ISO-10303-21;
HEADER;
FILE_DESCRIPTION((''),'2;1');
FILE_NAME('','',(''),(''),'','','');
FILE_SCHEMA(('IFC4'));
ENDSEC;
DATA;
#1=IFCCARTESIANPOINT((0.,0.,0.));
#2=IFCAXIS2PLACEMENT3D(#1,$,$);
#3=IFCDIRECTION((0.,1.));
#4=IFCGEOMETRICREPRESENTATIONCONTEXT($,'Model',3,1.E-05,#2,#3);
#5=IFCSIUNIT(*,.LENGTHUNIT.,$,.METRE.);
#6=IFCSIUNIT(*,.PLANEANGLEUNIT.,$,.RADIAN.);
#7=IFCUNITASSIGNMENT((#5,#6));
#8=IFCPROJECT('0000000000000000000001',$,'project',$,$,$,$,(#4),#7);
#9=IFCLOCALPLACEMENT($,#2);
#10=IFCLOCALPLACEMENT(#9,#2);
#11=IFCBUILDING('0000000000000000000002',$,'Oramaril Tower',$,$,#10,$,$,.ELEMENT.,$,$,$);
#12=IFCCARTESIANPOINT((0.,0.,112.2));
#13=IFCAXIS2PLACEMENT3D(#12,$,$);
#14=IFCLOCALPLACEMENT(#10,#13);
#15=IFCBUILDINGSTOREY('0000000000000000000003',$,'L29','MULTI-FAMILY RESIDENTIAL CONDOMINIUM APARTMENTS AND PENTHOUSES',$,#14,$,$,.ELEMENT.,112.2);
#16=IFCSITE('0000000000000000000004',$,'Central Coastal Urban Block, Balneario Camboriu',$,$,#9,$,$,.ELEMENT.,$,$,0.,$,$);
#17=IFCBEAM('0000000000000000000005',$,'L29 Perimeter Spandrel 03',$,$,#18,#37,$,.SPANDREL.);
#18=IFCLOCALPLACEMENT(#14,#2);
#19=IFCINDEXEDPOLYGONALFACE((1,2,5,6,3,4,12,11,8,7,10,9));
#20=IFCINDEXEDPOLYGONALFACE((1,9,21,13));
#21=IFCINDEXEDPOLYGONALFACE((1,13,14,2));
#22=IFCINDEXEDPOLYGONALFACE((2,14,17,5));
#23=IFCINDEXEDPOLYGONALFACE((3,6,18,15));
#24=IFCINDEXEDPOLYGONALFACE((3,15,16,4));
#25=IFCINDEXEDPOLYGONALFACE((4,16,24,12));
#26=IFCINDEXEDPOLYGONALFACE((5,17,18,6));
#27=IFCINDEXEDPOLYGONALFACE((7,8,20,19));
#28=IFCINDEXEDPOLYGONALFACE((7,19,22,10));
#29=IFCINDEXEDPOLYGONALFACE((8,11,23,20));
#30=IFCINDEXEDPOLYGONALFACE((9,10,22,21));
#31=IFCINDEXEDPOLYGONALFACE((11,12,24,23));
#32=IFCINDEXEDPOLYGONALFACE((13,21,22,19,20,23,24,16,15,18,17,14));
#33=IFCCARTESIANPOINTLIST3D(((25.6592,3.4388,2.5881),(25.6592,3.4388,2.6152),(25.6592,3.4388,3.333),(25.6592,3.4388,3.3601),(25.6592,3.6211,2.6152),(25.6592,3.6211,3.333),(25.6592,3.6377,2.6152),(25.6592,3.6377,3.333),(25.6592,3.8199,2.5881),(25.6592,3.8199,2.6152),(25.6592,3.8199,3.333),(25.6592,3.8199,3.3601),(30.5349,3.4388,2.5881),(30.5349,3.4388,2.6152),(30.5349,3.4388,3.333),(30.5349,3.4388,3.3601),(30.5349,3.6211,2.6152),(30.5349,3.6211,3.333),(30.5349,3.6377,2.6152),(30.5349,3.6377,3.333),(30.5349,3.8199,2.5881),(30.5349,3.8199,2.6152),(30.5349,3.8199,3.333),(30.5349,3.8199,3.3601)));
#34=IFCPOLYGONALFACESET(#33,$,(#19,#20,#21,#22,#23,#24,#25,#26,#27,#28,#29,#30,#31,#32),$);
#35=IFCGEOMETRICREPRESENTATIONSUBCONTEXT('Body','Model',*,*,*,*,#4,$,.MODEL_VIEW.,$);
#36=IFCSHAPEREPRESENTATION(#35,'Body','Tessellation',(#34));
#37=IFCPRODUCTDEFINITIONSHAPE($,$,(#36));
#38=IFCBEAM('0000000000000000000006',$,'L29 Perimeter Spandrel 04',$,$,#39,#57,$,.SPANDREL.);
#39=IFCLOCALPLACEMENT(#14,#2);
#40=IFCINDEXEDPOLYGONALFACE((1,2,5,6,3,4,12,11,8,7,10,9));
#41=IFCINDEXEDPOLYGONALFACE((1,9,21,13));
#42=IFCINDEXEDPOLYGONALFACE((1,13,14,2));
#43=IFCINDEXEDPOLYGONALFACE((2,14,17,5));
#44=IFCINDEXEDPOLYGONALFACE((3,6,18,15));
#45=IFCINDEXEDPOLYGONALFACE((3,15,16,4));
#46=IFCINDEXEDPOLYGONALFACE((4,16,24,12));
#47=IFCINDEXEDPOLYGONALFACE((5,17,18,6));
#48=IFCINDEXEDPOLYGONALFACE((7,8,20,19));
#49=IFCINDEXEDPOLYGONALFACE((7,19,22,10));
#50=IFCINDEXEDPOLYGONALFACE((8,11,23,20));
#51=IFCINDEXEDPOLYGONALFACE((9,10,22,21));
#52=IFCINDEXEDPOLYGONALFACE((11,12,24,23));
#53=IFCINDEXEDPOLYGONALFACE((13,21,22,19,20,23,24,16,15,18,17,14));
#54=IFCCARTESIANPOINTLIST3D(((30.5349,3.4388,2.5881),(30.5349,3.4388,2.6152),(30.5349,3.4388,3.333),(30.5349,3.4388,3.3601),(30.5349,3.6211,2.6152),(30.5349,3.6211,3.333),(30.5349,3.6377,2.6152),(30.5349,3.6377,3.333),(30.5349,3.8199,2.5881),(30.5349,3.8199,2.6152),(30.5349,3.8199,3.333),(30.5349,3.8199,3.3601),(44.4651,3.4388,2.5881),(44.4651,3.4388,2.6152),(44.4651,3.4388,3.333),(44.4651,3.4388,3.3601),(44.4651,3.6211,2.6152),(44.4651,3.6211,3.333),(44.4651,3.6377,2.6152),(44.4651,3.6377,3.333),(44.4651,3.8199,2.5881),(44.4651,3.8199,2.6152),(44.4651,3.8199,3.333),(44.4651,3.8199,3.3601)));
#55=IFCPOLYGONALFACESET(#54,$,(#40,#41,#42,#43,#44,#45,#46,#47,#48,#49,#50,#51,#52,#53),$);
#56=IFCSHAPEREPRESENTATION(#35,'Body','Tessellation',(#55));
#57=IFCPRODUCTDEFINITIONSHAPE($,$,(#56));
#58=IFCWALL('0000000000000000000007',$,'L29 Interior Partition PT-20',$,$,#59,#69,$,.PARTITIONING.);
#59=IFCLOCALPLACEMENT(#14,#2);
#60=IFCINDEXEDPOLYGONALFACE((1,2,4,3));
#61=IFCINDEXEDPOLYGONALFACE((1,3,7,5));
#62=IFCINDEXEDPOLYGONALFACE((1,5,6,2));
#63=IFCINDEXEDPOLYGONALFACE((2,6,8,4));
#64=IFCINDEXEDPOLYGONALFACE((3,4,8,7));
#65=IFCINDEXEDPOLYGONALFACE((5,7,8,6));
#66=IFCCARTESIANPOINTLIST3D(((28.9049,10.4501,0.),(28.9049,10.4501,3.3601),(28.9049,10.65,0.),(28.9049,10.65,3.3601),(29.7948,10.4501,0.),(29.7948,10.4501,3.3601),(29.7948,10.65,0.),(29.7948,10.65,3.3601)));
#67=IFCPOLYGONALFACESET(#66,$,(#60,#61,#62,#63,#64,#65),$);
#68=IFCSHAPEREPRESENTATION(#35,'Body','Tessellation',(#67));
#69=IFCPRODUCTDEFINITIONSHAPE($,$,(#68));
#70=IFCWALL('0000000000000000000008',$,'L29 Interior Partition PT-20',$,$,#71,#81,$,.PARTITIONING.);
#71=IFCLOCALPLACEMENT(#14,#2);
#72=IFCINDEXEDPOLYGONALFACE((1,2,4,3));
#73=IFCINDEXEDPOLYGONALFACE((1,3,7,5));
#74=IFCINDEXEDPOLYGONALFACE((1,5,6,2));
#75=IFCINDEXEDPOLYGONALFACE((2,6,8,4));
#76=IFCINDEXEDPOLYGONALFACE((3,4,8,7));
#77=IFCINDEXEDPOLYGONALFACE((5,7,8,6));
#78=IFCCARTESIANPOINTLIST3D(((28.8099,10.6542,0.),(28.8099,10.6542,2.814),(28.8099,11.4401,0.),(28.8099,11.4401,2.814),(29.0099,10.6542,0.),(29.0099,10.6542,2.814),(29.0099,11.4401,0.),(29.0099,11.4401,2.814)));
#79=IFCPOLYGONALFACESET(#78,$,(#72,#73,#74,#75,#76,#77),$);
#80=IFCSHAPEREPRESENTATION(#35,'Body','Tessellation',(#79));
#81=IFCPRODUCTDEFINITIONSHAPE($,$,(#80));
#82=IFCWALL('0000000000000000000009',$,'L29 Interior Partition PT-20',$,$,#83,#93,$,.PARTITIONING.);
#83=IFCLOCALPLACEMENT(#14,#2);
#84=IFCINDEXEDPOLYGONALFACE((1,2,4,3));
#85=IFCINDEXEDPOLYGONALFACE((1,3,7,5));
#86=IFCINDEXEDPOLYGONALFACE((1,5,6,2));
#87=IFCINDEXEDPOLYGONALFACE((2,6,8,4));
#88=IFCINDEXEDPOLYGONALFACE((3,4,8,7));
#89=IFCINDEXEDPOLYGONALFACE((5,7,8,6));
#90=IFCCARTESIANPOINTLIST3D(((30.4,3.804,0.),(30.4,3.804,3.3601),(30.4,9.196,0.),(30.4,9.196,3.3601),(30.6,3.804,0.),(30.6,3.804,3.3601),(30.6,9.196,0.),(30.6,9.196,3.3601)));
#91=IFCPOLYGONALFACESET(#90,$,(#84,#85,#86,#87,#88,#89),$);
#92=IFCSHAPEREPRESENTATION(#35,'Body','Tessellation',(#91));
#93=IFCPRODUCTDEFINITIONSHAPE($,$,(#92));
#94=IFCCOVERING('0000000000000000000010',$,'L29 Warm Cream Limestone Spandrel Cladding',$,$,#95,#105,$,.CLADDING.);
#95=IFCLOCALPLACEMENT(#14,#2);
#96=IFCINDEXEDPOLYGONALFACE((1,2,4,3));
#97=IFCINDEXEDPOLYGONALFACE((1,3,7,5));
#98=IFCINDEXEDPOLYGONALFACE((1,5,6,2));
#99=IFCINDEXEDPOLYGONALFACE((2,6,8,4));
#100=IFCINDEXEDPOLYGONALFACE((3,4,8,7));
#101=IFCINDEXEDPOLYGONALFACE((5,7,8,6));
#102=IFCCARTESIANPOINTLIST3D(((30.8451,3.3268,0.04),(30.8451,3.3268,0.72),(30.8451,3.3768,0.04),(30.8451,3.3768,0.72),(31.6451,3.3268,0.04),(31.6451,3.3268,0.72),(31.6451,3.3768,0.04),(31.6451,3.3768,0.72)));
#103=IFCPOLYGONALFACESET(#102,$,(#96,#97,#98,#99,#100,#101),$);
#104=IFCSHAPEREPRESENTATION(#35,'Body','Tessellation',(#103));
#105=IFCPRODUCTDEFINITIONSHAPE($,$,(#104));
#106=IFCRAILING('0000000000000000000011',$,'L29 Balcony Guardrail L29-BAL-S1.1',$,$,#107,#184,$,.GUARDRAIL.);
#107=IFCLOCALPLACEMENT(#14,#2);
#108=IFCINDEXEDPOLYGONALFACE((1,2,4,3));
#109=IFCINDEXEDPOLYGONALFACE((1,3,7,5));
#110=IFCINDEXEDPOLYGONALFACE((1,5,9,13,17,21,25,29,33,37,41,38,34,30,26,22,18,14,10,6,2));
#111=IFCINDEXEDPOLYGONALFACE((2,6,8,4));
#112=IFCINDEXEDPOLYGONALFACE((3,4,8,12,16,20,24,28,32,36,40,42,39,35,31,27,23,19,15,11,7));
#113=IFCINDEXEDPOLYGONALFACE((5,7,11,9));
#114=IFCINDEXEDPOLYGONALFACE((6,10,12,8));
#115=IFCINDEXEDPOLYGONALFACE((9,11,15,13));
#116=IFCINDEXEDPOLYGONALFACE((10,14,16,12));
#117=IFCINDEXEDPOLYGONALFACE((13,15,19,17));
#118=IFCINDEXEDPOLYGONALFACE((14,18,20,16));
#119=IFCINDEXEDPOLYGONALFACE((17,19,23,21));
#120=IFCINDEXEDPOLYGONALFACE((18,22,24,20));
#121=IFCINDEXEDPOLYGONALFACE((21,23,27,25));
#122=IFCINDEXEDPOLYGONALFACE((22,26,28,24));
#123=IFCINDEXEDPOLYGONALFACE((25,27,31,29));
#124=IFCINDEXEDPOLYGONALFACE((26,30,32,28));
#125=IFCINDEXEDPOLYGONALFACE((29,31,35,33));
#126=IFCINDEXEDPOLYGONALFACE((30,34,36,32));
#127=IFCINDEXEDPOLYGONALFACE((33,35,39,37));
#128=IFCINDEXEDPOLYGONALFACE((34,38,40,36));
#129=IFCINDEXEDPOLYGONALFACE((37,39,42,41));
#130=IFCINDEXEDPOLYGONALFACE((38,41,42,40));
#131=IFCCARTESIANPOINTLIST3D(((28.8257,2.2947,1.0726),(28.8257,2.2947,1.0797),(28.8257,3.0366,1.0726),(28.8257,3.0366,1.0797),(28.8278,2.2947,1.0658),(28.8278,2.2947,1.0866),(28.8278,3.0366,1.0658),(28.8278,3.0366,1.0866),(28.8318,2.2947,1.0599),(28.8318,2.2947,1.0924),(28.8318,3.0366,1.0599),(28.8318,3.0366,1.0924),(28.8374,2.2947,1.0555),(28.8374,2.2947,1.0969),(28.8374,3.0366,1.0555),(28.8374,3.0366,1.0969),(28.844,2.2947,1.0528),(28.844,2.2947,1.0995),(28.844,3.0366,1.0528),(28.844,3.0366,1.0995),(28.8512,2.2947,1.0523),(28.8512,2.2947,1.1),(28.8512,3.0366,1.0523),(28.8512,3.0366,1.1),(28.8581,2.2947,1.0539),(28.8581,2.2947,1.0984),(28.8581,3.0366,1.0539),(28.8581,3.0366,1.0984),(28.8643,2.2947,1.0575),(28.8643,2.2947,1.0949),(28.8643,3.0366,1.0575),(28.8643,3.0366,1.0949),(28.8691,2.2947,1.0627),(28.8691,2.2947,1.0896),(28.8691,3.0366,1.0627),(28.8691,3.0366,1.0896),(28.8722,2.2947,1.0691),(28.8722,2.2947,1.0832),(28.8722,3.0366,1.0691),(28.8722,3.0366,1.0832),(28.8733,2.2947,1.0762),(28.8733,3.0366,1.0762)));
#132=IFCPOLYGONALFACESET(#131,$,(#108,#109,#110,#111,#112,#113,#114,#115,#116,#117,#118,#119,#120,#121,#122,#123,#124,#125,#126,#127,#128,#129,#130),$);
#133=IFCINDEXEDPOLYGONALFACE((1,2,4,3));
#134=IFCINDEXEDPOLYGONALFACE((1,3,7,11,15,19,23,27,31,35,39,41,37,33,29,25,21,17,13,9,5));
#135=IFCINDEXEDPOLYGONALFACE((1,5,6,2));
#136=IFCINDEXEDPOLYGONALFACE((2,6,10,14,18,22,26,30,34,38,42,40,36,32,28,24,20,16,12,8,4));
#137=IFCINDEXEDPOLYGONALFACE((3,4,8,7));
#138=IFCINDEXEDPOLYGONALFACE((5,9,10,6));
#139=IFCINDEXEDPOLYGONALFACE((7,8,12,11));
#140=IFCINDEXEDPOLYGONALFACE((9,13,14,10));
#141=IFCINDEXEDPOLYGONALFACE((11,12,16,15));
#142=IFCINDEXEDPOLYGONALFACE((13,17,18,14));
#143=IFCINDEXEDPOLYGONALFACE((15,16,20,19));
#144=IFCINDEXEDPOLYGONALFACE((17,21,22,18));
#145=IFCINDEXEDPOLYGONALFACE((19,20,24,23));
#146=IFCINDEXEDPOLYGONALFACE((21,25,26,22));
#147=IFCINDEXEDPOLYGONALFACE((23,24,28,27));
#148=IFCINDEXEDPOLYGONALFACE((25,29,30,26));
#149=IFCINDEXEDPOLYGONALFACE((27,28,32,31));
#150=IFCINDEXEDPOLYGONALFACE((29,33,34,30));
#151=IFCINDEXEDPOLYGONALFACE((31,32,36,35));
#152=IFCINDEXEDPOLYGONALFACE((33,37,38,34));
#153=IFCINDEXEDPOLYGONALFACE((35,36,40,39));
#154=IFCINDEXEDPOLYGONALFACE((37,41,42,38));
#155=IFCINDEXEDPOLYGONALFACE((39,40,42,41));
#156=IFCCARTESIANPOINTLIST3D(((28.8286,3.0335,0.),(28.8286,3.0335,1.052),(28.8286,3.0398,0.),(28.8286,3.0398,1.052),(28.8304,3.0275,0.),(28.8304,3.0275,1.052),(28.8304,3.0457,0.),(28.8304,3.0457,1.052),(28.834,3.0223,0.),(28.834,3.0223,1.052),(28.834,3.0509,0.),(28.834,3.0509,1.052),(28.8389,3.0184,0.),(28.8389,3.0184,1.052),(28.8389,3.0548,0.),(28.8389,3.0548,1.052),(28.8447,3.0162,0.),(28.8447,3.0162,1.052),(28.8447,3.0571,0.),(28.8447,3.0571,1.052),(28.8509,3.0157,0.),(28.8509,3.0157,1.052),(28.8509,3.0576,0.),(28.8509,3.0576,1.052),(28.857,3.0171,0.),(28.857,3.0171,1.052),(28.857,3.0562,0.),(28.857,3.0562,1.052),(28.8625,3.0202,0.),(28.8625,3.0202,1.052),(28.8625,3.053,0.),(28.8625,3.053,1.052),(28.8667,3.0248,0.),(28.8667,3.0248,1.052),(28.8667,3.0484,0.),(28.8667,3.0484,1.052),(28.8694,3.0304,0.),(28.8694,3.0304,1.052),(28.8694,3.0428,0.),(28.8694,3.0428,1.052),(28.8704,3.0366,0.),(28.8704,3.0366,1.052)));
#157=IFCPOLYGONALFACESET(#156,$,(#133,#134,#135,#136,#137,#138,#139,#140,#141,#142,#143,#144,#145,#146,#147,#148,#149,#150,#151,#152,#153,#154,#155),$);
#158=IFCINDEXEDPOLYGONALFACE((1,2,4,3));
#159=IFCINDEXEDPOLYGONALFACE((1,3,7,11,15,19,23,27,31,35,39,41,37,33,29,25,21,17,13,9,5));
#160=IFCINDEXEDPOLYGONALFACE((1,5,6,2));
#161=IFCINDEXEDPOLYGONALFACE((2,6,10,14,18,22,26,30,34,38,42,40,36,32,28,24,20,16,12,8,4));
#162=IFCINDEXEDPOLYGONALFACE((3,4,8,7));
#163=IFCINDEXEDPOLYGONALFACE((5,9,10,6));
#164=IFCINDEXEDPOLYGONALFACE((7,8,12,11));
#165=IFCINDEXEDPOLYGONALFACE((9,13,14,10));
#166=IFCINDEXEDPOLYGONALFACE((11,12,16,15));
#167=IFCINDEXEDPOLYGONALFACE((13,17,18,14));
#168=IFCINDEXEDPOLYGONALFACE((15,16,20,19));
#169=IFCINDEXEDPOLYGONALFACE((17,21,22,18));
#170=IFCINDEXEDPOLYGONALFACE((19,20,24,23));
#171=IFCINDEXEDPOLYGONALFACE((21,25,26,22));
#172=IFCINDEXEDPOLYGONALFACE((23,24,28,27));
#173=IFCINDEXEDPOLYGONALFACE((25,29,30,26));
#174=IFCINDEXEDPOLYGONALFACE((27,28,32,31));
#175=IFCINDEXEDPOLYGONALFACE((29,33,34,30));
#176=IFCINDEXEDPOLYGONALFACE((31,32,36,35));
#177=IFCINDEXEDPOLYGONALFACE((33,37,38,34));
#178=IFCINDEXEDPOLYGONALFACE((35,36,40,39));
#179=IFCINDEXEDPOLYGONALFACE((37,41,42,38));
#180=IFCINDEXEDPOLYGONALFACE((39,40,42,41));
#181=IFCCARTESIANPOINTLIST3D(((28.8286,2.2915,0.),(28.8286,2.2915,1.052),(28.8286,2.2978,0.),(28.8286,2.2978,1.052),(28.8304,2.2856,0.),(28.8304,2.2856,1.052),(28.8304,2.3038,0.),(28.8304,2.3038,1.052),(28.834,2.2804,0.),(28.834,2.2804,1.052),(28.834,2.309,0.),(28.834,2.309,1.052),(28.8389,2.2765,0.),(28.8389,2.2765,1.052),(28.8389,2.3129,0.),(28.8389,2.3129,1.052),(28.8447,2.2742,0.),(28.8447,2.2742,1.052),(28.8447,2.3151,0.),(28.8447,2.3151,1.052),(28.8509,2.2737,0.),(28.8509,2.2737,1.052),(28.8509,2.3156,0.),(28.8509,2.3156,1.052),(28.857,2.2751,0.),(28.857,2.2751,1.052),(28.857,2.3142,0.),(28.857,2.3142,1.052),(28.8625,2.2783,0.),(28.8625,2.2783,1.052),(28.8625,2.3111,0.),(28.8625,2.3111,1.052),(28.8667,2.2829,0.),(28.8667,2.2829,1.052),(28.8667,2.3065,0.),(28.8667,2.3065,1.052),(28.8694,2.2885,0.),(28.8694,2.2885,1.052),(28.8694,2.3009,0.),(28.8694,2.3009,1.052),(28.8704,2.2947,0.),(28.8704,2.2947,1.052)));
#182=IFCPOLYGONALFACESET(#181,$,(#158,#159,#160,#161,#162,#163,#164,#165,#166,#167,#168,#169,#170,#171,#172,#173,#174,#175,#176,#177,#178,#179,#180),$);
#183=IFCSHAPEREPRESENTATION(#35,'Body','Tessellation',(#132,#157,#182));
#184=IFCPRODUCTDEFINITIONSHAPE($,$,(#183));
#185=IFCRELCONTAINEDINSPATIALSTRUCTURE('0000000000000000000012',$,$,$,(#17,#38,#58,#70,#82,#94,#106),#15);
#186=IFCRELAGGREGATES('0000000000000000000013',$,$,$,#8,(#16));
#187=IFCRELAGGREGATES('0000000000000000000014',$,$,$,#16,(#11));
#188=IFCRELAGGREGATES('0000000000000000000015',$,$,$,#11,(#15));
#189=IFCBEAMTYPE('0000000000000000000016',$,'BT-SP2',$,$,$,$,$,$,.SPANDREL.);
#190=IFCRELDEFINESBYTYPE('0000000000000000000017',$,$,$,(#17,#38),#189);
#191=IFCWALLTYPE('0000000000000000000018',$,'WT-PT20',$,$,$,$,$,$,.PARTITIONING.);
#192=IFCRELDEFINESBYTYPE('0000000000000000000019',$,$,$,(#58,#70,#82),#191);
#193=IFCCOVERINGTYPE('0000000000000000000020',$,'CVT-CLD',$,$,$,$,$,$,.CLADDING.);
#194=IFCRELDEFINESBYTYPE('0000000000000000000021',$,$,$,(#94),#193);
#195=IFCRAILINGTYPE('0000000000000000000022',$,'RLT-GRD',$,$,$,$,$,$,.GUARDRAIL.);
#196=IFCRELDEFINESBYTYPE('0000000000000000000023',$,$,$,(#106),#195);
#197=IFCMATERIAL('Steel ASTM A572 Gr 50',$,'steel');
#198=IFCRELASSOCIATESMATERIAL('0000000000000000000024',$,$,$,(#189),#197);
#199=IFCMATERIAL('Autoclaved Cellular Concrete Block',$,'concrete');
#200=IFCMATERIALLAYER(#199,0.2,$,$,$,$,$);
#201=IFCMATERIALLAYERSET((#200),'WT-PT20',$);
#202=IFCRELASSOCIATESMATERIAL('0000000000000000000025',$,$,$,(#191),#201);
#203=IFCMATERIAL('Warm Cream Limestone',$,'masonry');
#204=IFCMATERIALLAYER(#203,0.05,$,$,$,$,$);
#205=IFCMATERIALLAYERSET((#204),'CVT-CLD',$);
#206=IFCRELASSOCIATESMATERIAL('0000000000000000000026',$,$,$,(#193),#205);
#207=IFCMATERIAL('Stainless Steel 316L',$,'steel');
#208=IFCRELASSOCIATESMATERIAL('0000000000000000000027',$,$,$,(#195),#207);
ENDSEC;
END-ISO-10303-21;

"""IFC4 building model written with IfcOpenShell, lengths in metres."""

from ifc_helpers import new_model, si_unit, direction, frame, frame_2d, origin, origin_2d, place, context, subcontext, project, spatial, rectangle, circle, i_section, extrude, material, layer, layer_set, material_profile, profile_set, type_object, element, save


model = new_model("IFC4")

# Units and contexts
model_context = context("Model", 3, precision=1e-05, world=origin(), true_north=direction((0.0, 1.0)))
body_context = subcontext(model_context, "Body", "Model", "MODEL_VIEW")
ifc_project = project(units=[si_unit("LENGTHUNIT", "METRE"), si_unit("PLANEANGLEUNIT", "RADIAN")], contexts=[model_context])

# Site, building, storey
site_placement = place(None, origin())
site = spatial("IfcSite", under=ifc_project, at=site_placement, Name="Central Coastal Urban Block, Balneario Camboriu", CompositionType="ELEMENT", RefElevation=0.0)
building_placement = place(site_placement, origin())
building = spatial("IfcBuilding", under=site, at=building_placement, Name="Oramaril Tower", CompositionType="ELEMENT")
storey_placement = place(building_placement, frame((0.0, 0.0, 112.2)))
storey = spatial("IfcBuildingStorey", under=building, at=storey_placement, Name="L29", Description="MULTI-FAMILY RESIDENTIAL CONDOMINIUM APARTMENTS AND PENTHOUSES", CompositionType="ELEMENT", Elevation=112.2)

# Beams
ifc_material_1 = material(Name="Steel ASTM A572 Gr 50", Category="steel")
ifc_material_profile_1 = material_profile(ifc_material_1, i_section(OverallWidth=0.3811, OverallDepth=0.772, WebThickness=0.0166, FlangeThickness=0.0271, at=origin_2d()), Name="W30X173")
ifc_profile_set_1 = profile_set([ifc_material_profile_1], Name="Steel ASTM A572 Gr 50")
beam_type_1 = type_object("IfcBeamType", Name="BT-SP2", PredefinedType="SPANDREL", material=ifc_profile_set_1)
beam_1_placement = place(storey_placement, frame((25.6592, 3.6294, 2.9741), z_axis=(1.0, 0.0, 0.0), x_axis=(0.0, 1.0, 0.0)))
element("IfcBeam", 1, at=beam_1_placement, inside=storey, type_object=beam_type_1, Name="L29 Perimeter Spandrel 03", PredefinedType="SPANDREL", context=body_context, shape_type="SweptSolid", body=[
    extrude(i_section(OverallWidth=0.3811, OverallDepth=0.772, WebThickness=0.0166, FlangeThickness=0.0271, at=origin_2d()), origin(), (0.0, 0.0, 1.0), 4.8757),
])
beam_2_placement = place(storey_placement, frame((30.5349, 3.6294, 2.9741), z_axis=(1.0, 0.0, 0.0), x_axis=(0.0, 1.0, 0.0)))
element("IfcBeam", 2, at=beam_2_placement, inside=storey, type_object=beam_type_1, Name="L29 Perimeter Spandrel 04", PredefinedType="SPANDREL", context=body_context, shape_type="SweptSolid", body=[
    extrude(i_section(OverallWidth=0.3811, OverallDepth=0.772, WebThickness=0.0166, FlangeThickness=0.0271, at=origin_2d()), origin(), (0.0, 0.0, 1.0), 13.9302),
])

# Walls
ifc_material_2 = material(Name="Autoclaved Cellular Concrete Block", Category="concrete")
ifc_layer_1 = layer(ifc_material_2, 0.2)
ifc_layer_set_1 = layer_set([ifc_layer_1], Name="WT-PT20")
wall_type = type_object("IfcWallType", Name="WT-PT20", PredefinedType="PARTITIONING", material=ifc_layer_set_1)
wall_1_placement = place(storey_placement, frame((28.905, 10.55, 0.0), z_axis=(0.0, 0.0, 1.0), x_axis=(1.0, 0.0, 0.0)))
element("IfcWall", 3, at=wall_1_placement, inside=storey, type_object=wall_type, Name="L29 Interior Partition PT-20", PredefinedType="PARTITIONING", context=body_context, shape_type="SweptSolid", body=[
    extrude(rectangle(XDim=0.8899, YDim=0.2, at=frame_2d((0.4448, 0.0))), origin(), (0.0, 0.0, 1.0), 3.3601),
])
wall_2_placement = place(storey_placement, frame((28.9099, 10.6541, 0.0), z_axis=(0.0, 0.0, 1.0), x_axis=(0.0, 1.0, 0.0)))
element("IfcWall", 4, at=wall_2_placement, inside=storey, type_object=wall_type, Name="L29 Interior Partition PT-20", PredefinedType="PARTITIONING", context=body_context, shape_type="SweptSolid", body=[
    extrude(rectangle(XDim=0.7859, YDim=0.2, at=frame_2d((0.3931, 0.0))), origin(), (0.0, 0.0, 1.0), 2.814),
])
wall_3_placement = place(storey_placement, frame((30.5, 3.804, 0.0), z_axis=(0.0, 0.0, 1.0), x_axis=(0.0, 1.0, 0.0)))
element("IfcWall", 5, at=wall_3_placement, inside=storey, type_object=wall_type, Name="L29 Interior Partition PT-20", PredefinedType="PARTITIONING", context=body_context, shape_type="SweptSolid", body=[
    extrude(rectangle(XDim=5.3921, YDim=0.2, at=frame_2d((2.696, 0.0))), origin(), (0.0, 0.0, 1.0), 3.3601),
])

# Covering
ifc_material_3 = material(Name="Warm Cream Limestone", Category="masonry")
ifc_layer_2 = layer(ifc_material_3, 0.05)
ifc_layer_set_2 = layer_set([ifc_layer_2], Name="CVT-CLD")
covering_type = type_object("IfcCoveringType", Name="CVT-CLD", PredefinedType="CLADDING", material=ifc_layer_set_2)
covering_placement = place(storey_placement, frame((31.2451, 3.3518, 0.04), z_axis=(0.0, 0.0, 1.0), x_axis=(1.0, 0.0, 0.0)))
element("IfcCovering", 6, at=covering_placement, inside=storey, type_object=covering_type, Name="L29 Warm Cream Limestone Spandrel Cladding", PredefinedType="CLADDING", context=body_context, shape_type="SweptSolid", body=[
    extrude(rectangle(XDim=0.8, YDim=0.05, at=origin_2d()), origin(), (0.0, 0.0, 1.0), 0.6799),
])

# Railing
ifc_material_4 = material(Name="Stainless Steel 316L", Category="steel")
railing_type = type_object("IfcRailingType", Name="RLT-GRD", PredefinedType="GUARDRAIL", material=ifc_material_4)
railing_1_placement = place(storey_placement, frame((28.8494, 3.0366, 0.0)))
element("IfcRailing", 7, at=railing_1_placement, inside=storey, type_object=railing_type, Name="L29 Balcony Guardrail L29-BAL-S1.1", PredefinedType="GUARDRAIL", context=body_context, shape_type="SweptSolid", body=[
    extrude(circle(Radius=0.0239, at=origin_2d()), frame((0.0, 0.0, 1.0762), z_axis=(0.0, -1.0, 0.0), x_axis=(1.0, 0.0, 0.0)), (0.0, 0.0, 1.0), 0.7419),
    extrude(circle(Radius=0.021, at=origin_2d()), origin(), (0.0, 0.0, 1.0), 1.052),
    extrude(circle(Radius=0.021, at=origin_2d()), frame((0.0, -0.7419, 0.0)), (0.0, 0.0, 1.0), 1.052),
])

save(model, "model.ifc")
